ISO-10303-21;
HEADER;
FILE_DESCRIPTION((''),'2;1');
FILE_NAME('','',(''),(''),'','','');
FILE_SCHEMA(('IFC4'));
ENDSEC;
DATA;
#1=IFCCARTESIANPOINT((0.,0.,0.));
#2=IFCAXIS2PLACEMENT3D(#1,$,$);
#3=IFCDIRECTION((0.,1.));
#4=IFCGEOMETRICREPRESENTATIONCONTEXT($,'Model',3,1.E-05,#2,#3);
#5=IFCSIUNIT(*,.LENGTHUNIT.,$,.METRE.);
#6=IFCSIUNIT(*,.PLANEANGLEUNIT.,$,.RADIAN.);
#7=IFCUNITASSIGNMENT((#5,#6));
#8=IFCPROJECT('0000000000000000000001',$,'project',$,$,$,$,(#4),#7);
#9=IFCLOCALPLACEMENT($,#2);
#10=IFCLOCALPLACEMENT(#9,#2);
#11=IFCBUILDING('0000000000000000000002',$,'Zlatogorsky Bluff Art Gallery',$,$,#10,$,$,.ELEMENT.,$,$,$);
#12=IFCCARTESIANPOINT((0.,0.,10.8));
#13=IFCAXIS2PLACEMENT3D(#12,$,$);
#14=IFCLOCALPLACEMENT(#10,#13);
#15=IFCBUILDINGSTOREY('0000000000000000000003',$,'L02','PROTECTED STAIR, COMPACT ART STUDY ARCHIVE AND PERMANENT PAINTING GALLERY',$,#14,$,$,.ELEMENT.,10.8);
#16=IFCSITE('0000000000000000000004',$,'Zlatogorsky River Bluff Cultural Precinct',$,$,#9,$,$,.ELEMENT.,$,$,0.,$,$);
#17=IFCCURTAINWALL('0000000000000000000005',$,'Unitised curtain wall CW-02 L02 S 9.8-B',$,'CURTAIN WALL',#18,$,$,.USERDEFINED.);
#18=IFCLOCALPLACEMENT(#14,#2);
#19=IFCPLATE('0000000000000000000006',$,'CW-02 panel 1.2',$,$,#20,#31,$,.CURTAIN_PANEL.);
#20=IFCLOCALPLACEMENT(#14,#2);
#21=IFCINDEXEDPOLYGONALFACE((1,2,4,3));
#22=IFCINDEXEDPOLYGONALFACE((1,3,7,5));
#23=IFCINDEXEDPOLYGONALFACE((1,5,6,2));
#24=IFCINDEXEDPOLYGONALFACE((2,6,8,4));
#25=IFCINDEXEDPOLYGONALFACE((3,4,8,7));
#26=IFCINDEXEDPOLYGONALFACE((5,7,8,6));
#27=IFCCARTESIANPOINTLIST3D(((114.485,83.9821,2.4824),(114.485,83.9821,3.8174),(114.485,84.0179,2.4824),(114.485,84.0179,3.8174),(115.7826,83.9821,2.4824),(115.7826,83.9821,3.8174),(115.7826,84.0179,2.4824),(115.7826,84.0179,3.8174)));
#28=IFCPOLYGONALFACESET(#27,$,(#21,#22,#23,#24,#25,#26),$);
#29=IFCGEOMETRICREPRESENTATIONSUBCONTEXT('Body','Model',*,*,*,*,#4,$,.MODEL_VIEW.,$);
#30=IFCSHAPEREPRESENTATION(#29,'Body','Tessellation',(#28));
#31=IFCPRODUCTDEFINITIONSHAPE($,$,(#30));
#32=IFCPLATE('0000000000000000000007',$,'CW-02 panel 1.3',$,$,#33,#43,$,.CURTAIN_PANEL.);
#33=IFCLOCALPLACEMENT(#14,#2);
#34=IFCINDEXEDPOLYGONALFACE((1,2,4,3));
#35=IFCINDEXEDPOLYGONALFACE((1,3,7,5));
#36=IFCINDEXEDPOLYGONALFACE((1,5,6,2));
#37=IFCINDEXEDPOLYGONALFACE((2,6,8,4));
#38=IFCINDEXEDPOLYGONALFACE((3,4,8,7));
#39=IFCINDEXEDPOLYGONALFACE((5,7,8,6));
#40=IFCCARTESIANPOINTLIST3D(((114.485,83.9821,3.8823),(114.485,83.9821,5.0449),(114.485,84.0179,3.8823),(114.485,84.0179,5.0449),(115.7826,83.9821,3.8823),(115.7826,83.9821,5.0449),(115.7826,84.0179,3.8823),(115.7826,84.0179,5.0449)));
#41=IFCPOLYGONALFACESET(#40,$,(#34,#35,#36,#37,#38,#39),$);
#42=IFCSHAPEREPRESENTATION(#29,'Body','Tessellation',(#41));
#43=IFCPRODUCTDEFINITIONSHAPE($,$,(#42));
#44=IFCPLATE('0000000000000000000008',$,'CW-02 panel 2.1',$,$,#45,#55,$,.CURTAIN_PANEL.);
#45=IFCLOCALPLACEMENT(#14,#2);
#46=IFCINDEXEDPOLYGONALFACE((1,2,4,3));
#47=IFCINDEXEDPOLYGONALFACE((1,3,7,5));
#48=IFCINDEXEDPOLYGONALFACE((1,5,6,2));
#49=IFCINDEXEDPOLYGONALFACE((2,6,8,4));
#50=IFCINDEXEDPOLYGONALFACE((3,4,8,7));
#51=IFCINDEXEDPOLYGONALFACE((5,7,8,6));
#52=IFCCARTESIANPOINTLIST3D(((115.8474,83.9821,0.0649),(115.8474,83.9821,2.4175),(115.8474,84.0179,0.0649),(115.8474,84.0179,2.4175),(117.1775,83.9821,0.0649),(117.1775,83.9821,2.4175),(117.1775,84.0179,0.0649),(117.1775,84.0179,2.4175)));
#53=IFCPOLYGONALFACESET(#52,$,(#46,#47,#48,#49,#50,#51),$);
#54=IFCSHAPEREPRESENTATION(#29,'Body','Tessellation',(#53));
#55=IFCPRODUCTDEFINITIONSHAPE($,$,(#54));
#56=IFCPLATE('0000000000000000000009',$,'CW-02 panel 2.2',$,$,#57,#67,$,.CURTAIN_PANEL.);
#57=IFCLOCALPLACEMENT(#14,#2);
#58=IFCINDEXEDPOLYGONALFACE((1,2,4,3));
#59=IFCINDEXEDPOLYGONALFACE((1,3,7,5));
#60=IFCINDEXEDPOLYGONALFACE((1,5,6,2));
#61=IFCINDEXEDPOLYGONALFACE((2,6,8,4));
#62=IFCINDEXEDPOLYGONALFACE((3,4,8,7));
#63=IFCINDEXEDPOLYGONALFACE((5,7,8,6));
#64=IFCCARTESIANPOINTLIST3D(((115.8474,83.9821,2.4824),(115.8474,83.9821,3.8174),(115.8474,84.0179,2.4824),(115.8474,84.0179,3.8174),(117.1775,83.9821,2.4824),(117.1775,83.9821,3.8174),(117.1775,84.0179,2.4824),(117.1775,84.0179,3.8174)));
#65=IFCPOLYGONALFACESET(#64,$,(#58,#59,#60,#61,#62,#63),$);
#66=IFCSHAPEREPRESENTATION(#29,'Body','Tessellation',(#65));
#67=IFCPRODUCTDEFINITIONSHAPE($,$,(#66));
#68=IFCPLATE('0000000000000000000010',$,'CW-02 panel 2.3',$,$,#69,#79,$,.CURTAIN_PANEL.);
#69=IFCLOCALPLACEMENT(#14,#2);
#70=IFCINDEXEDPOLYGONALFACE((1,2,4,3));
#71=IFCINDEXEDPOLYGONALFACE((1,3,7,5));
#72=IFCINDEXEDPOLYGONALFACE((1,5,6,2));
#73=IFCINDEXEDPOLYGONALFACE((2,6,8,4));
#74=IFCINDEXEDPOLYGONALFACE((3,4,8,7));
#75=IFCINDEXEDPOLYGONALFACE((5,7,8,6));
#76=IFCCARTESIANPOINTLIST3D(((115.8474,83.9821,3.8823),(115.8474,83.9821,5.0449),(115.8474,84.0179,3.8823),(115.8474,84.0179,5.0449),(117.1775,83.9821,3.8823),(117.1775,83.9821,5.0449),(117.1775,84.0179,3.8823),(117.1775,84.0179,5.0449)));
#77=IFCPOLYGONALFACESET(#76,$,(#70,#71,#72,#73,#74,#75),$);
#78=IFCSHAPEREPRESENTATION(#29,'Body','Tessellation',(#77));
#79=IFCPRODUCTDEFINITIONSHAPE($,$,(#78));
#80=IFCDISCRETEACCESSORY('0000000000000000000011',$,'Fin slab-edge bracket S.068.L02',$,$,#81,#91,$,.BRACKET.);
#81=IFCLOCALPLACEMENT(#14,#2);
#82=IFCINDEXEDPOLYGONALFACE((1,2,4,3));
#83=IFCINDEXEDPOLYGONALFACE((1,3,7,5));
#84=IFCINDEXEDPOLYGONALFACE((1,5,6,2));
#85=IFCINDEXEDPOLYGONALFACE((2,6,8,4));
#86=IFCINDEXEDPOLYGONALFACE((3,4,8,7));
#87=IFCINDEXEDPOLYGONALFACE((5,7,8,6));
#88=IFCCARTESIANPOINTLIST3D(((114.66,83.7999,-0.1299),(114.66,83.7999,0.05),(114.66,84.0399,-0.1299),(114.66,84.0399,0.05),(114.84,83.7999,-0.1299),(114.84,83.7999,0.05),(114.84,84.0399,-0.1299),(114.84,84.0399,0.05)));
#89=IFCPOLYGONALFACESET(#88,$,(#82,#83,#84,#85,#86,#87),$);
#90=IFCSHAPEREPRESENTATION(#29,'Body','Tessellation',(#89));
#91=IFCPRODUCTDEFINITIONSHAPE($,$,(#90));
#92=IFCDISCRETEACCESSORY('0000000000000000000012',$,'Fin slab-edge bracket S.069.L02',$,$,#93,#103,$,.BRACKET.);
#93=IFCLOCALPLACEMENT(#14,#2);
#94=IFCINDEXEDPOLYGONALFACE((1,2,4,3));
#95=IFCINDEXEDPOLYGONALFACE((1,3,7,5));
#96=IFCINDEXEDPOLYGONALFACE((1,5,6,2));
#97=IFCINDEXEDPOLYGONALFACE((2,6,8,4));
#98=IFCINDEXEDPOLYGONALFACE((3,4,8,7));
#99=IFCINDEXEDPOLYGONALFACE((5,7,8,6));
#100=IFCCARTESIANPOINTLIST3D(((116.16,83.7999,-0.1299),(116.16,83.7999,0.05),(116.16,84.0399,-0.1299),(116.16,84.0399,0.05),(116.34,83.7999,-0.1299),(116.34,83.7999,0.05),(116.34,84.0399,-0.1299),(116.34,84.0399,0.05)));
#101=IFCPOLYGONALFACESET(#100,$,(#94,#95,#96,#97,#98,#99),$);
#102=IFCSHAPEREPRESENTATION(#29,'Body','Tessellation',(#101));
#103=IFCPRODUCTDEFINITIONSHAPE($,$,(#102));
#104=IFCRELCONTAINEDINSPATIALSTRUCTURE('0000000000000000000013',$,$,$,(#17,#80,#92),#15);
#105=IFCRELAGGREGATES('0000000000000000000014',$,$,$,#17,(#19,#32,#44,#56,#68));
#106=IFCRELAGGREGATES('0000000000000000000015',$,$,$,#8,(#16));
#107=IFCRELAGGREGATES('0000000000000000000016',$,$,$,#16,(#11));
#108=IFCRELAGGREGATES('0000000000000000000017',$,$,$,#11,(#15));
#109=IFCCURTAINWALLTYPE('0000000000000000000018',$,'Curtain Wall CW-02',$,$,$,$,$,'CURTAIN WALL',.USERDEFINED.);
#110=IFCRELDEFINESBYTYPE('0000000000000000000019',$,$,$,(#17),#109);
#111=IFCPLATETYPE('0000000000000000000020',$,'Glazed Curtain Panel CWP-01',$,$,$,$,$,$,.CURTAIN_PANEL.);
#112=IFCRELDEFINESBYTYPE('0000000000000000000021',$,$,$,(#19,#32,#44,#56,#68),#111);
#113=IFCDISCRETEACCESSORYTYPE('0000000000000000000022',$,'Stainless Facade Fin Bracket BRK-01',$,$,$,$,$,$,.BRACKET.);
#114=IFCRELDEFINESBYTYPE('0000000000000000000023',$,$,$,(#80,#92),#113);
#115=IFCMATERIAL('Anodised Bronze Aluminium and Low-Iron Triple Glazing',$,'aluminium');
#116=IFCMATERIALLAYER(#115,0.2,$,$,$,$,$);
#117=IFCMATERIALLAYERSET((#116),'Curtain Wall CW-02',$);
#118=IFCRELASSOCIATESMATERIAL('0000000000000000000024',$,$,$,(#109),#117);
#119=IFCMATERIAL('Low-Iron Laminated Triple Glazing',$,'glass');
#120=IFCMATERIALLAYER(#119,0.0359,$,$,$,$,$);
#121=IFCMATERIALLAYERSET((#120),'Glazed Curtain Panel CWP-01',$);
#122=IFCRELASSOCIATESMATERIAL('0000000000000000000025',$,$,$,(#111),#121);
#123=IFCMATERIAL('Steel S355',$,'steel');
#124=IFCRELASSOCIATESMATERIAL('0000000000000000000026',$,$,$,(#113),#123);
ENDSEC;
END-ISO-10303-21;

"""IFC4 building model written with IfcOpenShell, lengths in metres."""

from ifc_helpers import new_model, si_unit, direction, frame, origin, origin_2d, place, context, subcontext, project, spatial, rectangle, extrude, material, layer, layer_set, type_object, element, aggregate, save


model = new_model("IFC4")

# Units and contexts
model_context = context("Model", 3, precision=1e-05, world=origin(), true_north=direction((0.0, 1.0)))
body_context = subcontext(model_context, "Body", "Model", "MODEL_VIEW")
ifc_project = project(units=[si_unit("LENGTHUNIT", "METRE"), si_unit("PLANEANGLEUNIT", "RADIAN")], contexts=[model_context])

# Site, building, storey
site_placement = place(None, origin())
site = spatial("IfcSite", under=ifc_project, at=site_placement, Name="Zlatogorsky River Bluff Cultural Precinct", CompositionType="ELEMENT", RefElevation=0.0)
building_placement = place(site_placement, origin())
building = spatial("IfcBuilding", under=site, at=building_placement, Name="Zlatogorsky Bluff Art Gallery", CompositionType="ELEMENT")
storey_placement = place(building_placement, frame((0.0, 0.0, 10.8)))
storey = spatial("IfcBuildingStorey", under=building, at=storey_placement, Name="L02", Description="PROTECTED STAIR, COMPACT ART STUDY ARCHIVE AND PERMANENT PAINTING GALLERY", CompositionType="ELEMENT", Elevation=10.8)

# Shared definitions
ifc_material_1 = material(Name="Anodised Bronze Aluminium and Low-Iron Triple Glazing", Category="aluminium")
ifc_layer_1 = layer(ifc_material_1, 0.2)
ifc_layer_set_1 = layer_set([ifc_layer_1], Name="Curtain Wall CW-02")
curtain_wall_type = type_object("IfcCurtainWallType", Name="Curtain Wall CW-02", ElementType="CURTAIN WALL", PredefinedType="USERDEFINED", material=ifc_layer_set_1)

# Curtain wall, plates
curtain_wall_1_placement = place(storey_placement, origin())
curtain_wall_1 = element("IfcCurtainWall", 1, at=curtain_wall_1_placement, inside=storey, type_object=curtain_wall_type, Name="Unitised curtain wall CW-02 L02 S 9.8-B", ObjectType="CURTAIN WALL", PredefinedType="USERDEFINED")
ifc_material_2 = material(Name="Low-Iron Laminated Triple Glazing", Category="glass")
ifc_layer_2 = layer(ifc_material_2, 0.0359)
ifc_layer_set_2 = layer_set([ifc_layer_2], Name="Glazed Curtain Panel CWP-01")
plate_type = type_object("IfcPlateType", Name="Glazed Curtain Panel CWP-01", PredefinedType="CURTAIN_PANEL", material=ifc_layer_set_2)
plate_1_placement = place(storey_placement, frame((115.1338, 84.0, 2.4824), z_axis=(0.0, 0.0, 1.0), x_axis=(1.0, 0.0, 0.0)))
plate_1 = element("IfcPlate", 2, at=plate_1_placement, type_object=plate_type, Name="CW-02 panel 1.2", PredefinedType="CURTAIN_PANEL", context=body_context, shape_type="SweptSolid", body=[
    extrude(rectangle(XDim=1.2976, YDim=0.0359, at=origin_2d()), origin(), (0.0, 0.0, 1.0), 1.335),
])
plate_2_placement = place(storey_placement, frame((115.1338, 84.0, 3.8823), z_axis=(0.0, 0.0, 1.0), x_axis=(1.0, 0.0, 0.0)))
plate_2 = element("IfcPlate", 3, at=plate_2_placement, type_object=plate_type, Name="CW-02 panel 1.3", PredefinedType="CURTAIN_PANEL", context=body_context, shape_type="SweptSolid", body=[
    extrude(rectangle(XDim=1.2976, YDim=0.0359, at=origin_2d()), origin(), (0.0, 0.0, 1.0), 1.1626),
])
plate_3_placement = place(storey_placement, frame((116.5125, 84.0, 0.0649), z_axis=(0.0, 0.0, 1.0), x_axis=(1.0, 0.0, 0.0)))
plate_3 = element("IfcPlate", 4, at=plate_3_placement, type_object=plate_type, Name="CW-02 panel 2.1", PredefinedType="CURTAIN_PANEL", context=body_context, shape_type="SweptSolid", body=[
    extrude(rectangle(XDim=1.3301, YDim=0.0359, at=origin_2d()), origin(), (0.0, 0.0, 1.0), 2.3525),
])
plate_4_placement = place(storey_placement, frame((116.5125, 84.0, 2.4824), z_axis=(0.0, 0.0, 1.0), x_axis=(1.0, 0.0, 0.0)))
plate_4 = element("IfcPlate", 5, at=plate_4_placement, type_object=plate_type, Name="CW-02 panel 2.2", PredefinedType="CURTAIN_PANEL", context=body_context, shape_type="SweptSolid", body=[
    extrude(rectangle(XDim=1.3301, YDim=0.0359, at=origin_2d()), origin(), (0.0, 0.0, 1.0), 1.335),
])
plate_5_placement = place(storey_placement, frame((116.5125, 84.0, 3.8823), z_axis=(0.0, 0.0, 1.0), x_axis=(1.0, 0.0, 0.0)))
plate_5 = element("IfcPlate", 6, at=plate_5_placement, type_object=plate_type, Name="CW-02 panel 2.3", PredefinedType="CURTAIN_PANEL", context=body_context, shape_type="SweptSolid", body=[
    extrude(rectangle(XDim=1.3301, YDim=0.0359, at=origin_2d()), origin(), (0.0, 0.0, 1.0), 1.1626),
])
aggregate(curtain_wall_1, [plate_1, plate_2, plate_3, plate_4, plate_5])

# Discrete accessories
ifc_material_3 = material(Name="Steel S355", Category="steel")
discrete_accessory_type = type_object("IfcDiscreteAccessoryType", Name="Stainless Facade Fin Bracket BRK-01", PredefinedType="BRACKET", material=ifc_material_3)
for number, where, z_axis, x_axis, name in (
    (7, (114.75, 83.9199, -0.1299), (0.0, 0.0, 1.0), (1.0, 0.0, 0.0), "Fin slab-edge bracket S.068.L02"),
    (8, (116.25, 83.9199, -0.1299), (0.0, 0.0, 1.0), (1.0, 0.0, 0.0), "Fin slab-edge bracket S.069.L02"),
):
    element("IfcDiscreteAccessory", number, at=place(storey_placement, frame(where, z_axis=z_axis, x_axis=x_axis)), inside=storey, type_object=discrete_accessory_type, Name=name, PredefinedType="BRACKET", context=body_context, shape_type="SweptSolid", body=[
        extrude(rectangle(XDim=0.1799, YDim=0.24, at=origin_2d()), origin(), (0.0, 0.0, 1.0), 0.1799),
    ])

save(model, "model.ifc")
